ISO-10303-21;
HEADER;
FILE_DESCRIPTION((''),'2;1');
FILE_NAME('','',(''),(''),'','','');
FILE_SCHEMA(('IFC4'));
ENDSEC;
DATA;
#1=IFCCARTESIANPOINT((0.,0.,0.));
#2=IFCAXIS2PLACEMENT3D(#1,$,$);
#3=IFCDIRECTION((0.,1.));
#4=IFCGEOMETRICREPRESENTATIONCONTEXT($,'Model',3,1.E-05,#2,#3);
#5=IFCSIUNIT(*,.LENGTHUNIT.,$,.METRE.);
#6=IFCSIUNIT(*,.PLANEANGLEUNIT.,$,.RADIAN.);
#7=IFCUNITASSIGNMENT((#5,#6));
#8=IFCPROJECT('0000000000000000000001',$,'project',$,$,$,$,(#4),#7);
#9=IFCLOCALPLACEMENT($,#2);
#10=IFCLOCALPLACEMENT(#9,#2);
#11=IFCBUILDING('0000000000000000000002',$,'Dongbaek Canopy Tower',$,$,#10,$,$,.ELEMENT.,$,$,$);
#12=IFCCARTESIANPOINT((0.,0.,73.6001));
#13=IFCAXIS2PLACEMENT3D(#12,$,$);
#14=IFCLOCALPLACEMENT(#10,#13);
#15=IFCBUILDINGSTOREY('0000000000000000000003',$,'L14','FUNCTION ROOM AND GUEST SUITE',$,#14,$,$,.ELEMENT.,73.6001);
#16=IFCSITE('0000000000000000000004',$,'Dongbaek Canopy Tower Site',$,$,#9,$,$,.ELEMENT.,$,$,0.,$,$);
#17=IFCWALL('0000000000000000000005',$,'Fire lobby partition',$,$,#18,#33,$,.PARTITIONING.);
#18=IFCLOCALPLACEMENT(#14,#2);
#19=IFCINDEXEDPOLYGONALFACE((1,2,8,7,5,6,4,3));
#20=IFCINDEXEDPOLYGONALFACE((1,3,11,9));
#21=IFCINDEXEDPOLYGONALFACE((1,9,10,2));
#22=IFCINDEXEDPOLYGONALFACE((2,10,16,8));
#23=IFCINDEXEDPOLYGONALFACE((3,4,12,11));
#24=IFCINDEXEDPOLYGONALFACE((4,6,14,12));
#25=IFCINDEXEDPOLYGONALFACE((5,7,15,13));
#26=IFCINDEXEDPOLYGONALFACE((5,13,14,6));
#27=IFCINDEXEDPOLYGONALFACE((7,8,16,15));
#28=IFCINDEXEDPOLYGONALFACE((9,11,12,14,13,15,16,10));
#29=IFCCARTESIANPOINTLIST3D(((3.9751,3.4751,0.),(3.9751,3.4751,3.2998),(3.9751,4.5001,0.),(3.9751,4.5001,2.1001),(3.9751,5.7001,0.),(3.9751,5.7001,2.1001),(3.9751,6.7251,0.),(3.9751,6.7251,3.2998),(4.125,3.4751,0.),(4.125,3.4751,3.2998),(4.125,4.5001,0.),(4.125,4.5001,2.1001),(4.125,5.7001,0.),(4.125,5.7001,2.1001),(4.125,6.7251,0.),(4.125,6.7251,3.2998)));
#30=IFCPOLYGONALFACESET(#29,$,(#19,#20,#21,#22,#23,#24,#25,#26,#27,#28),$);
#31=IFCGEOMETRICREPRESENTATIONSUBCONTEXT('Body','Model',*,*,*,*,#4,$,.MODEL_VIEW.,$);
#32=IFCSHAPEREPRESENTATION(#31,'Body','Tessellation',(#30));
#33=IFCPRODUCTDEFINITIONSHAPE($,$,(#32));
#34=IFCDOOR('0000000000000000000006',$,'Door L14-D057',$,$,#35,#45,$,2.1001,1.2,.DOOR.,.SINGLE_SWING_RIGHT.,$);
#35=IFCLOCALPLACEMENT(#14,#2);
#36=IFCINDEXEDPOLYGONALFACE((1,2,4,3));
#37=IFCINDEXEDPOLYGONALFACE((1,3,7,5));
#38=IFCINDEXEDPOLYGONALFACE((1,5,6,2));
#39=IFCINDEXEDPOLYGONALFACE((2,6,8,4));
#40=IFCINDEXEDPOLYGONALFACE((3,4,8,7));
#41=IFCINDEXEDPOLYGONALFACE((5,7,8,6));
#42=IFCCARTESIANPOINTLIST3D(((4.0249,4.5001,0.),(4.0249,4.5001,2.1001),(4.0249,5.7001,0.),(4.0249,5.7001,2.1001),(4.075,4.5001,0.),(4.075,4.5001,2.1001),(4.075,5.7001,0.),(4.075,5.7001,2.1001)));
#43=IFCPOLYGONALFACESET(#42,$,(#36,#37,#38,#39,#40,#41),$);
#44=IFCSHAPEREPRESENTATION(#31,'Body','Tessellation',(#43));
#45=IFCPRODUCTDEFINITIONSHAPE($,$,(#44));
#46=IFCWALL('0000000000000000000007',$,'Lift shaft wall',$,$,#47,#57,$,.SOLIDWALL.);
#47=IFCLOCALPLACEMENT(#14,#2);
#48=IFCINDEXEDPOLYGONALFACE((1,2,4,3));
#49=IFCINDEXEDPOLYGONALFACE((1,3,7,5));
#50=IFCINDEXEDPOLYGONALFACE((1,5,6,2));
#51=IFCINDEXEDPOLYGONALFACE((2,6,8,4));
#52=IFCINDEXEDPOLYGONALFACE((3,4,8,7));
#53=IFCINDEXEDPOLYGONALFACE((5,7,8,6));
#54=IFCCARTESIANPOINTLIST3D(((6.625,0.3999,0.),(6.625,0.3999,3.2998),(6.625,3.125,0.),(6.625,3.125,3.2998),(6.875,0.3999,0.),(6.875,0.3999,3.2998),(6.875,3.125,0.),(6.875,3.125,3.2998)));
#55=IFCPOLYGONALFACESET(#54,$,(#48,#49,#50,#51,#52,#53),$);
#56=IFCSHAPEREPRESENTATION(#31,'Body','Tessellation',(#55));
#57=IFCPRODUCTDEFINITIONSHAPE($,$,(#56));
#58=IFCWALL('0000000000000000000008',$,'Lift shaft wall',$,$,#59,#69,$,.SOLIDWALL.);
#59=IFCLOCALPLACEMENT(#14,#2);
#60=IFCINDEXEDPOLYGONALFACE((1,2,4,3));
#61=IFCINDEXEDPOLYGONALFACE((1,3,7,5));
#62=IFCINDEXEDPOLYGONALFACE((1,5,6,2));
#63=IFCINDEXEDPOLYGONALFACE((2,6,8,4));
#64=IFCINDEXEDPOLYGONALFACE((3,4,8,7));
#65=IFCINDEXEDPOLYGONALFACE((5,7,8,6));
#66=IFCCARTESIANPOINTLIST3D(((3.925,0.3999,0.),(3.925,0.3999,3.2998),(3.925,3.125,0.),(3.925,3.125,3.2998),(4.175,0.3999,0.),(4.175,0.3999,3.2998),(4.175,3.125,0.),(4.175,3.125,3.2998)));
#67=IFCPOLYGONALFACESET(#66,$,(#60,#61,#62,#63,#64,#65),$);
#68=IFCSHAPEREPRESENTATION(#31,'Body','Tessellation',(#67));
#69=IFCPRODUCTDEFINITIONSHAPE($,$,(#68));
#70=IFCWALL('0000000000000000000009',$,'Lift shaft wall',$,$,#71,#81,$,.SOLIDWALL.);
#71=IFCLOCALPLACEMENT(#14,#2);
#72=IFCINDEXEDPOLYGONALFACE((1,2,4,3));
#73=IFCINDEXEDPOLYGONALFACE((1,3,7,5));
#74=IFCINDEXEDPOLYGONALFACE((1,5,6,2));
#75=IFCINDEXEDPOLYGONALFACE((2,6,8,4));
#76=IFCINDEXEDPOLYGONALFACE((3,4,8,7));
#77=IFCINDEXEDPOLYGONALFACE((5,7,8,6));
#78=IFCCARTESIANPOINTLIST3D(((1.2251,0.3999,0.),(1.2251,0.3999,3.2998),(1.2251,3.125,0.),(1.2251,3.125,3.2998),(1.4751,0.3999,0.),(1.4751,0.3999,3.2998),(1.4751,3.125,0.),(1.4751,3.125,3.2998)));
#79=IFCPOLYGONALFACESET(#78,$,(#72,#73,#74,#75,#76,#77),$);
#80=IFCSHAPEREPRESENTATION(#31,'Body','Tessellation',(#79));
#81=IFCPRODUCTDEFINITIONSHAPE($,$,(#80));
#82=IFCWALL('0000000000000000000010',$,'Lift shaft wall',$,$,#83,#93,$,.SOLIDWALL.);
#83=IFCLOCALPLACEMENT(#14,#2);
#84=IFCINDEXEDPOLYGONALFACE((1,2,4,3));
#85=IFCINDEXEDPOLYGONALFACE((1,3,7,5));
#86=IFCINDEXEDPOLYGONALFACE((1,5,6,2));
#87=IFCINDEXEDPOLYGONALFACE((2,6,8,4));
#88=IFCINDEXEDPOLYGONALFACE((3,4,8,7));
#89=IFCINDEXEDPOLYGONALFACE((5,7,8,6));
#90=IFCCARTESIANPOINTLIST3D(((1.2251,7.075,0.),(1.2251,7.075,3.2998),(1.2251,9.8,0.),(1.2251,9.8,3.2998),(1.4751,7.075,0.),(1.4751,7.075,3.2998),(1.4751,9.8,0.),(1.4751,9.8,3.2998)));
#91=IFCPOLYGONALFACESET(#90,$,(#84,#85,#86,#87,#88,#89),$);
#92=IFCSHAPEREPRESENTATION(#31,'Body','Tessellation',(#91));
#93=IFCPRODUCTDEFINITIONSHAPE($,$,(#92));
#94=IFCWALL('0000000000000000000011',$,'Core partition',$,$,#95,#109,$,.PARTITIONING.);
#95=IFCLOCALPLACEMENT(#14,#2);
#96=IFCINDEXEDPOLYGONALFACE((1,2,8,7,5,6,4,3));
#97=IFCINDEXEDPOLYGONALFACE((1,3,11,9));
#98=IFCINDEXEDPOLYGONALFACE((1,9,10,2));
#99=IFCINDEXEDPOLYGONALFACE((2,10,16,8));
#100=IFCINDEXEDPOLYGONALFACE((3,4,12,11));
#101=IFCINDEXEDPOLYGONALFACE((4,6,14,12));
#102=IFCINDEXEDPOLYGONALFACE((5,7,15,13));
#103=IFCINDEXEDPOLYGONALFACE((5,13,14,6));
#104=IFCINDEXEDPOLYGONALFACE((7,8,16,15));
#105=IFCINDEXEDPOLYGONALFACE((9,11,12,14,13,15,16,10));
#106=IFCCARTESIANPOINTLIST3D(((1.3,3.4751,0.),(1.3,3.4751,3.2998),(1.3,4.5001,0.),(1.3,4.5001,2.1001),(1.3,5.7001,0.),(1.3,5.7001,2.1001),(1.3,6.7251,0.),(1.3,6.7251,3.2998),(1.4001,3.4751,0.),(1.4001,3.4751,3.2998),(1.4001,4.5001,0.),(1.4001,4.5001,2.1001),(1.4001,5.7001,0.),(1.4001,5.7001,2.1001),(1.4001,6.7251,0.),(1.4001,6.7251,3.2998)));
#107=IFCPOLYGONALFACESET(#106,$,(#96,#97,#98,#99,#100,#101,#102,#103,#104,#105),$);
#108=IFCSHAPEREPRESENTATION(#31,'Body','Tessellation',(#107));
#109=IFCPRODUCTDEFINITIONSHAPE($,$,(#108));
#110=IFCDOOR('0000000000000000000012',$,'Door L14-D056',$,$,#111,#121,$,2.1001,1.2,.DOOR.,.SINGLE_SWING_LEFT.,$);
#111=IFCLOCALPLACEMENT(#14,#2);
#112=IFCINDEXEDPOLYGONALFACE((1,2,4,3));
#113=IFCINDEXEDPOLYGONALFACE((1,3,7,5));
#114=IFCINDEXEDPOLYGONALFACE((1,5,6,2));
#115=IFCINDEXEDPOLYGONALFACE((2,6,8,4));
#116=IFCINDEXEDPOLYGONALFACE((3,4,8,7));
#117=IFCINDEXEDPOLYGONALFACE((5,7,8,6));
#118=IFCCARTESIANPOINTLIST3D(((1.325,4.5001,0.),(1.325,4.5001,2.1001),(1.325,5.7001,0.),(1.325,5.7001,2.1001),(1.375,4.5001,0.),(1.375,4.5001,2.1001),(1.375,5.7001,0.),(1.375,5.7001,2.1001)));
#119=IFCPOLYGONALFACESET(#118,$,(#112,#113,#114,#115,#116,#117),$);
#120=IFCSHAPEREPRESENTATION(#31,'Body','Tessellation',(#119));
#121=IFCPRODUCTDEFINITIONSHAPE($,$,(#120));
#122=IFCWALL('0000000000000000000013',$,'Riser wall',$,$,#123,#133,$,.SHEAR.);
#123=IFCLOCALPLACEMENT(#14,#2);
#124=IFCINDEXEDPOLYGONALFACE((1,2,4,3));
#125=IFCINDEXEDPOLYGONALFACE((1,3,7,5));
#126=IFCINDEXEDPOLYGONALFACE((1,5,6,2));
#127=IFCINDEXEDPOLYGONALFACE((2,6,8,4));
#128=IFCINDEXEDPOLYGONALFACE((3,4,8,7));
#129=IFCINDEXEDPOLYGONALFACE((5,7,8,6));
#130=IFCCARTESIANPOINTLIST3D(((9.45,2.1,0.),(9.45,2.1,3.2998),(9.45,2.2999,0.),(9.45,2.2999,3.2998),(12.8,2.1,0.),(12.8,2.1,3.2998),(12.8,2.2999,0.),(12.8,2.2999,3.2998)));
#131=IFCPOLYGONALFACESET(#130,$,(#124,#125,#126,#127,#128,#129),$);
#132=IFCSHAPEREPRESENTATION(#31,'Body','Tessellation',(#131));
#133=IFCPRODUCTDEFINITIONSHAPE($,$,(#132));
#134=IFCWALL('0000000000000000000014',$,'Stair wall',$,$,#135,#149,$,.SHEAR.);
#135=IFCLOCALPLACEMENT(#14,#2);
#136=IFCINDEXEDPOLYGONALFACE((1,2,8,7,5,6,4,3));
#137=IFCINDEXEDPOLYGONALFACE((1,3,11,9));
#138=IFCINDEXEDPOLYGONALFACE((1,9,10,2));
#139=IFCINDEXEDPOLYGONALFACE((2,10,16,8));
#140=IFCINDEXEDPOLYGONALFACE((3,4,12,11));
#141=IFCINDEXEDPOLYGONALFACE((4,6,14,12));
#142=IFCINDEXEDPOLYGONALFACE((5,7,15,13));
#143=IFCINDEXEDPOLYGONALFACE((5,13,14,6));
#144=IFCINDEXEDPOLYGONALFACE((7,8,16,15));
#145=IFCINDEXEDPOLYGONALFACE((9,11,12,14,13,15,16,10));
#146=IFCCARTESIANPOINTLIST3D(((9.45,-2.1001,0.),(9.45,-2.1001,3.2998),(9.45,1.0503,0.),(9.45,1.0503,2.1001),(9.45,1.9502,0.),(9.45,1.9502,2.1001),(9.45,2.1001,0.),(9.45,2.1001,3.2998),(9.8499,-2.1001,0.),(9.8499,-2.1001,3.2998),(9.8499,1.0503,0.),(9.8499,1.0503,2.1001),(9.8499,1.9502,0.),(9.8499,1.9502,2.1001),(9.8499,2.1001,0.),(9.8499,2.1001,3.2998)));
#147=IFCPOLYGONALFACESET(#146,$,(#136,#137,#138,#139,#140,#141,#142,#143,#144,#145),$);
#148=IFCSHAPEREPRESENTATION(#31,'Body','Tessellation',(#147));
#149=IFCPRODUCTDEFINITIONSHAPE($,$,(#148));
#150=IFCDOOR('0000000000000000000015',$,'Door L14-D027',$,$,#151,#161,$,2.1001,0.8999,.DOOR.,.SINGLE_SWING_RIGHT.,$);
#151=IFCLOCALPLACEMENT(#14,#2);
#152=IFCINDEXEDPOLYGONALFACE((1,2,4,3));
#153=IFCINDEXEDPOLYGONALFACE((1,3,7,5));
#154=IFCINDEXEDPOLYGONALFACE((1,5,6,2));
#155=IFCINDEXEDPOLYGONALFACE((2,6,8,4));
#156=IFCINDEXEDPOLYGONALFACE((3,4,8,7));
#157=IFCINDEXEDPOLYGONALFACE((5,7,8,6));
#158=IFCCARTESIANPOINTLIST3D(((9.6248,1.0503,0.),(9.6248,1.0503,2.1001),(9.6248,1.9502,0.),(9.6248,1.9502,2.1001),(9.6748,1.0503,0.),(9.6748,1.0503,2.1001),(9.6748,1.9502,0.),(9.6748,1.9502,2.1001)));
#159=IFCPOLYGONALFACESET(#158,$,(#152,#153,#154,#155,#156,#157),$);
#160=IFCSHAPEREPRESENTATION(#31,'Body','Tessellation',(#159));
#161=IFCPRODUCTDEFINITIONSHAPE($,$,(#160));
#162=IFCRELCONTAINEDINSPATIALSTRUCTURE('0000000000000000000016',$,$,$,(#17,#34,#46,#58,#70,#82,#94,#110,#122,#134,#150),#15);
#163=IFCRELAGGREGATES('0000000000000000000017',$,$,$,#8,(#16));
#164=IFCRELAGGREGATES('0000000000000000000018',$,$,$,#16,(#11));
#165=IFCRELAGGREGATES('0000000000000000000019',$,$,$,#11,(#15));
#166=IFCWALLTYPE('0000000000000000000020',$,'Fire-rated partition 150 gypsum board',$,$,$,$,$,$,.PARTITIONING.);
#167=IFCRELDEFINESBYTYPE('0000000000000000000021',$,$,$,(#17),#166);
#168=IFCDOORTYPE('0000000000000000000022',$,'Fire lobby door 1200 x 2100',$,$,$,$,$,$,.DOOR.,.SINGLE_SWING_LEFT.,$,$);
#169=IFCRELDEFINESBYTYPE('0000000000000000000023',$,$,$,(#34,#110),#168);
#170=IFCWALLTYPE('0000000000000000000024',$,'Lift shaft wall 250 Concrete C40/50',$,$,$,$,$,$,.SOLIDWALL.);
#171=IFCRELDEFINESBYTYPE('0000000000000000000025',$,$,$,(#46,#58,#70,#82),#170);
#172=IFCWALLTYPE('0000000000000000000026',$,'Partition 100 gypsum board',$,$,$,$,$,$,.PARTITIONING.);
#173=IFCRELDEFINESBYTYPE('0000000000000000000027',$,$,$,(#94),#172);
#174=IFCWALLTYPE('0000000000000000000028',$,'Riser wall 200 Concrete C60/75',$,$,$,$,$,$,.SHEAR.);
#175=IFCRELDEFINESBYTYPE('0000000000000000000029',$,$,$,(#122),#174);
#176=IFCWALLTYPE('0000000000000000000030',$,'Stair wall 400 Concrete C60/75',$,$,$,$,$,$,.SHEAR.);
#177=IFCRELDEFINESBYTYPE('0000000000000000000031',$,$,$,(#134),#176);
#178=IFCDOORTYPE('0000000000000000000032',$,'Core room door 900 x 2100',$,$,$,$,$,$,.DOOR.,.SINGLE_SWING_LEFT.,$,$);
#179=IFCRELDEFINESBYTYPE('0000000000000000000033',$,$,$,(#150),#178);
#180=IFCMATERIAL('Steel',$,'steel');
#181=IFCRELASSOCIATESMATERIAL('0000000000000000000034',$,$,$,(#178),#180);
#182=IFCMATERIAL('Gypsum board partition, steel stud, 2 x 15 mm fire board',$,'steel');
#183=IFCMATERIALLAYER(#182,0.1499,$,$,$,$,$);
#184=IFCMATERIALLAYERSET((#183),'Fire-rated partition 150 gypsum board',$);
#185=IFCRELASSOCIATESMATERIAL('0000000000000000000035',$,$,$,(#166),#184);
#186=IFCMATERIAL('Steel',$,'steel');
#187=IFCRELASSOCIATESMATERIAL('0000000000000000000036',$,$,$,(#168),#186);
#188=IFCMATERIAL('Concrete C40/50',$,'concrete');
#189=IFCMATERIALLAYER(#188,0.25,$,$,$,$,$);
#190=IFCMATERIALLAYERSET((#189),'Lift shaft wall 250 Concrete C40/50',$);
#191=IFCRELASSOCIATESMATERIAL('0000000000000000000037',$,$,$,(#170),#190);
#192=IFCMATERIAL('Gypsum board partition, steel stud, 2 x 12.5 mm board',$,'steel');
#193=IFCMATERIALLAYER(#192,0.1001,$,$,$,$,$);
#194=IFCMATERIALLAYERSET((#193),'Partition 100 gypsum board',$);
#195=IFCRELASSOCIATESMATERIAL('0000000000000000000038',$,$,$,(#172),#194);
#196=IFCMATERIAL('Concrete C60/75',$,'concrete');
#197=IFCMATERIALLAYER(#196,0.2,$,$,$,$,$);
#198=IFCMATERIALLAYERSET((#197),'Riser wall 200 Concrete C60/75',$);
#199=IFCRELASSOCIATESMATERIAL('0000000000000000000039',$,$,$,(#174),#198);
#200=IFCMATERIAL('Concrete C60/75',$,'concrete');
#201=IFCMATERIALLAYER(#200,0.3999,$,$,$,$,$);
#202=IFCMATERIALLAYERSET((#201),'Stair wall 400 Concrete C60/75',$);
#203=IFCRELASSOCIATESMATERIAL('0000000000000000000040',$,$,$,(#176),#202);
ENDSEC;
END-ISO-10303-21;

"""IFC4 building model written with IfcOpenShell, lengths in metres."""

from ifc_helpers import new_model, si_unit, direction, frame, frame_2d, origin, place, context, subcontext, project, spatial, rectangle, extrude, material, layer, layer_set, type_object, element, fill, save


model = new_model("IFC4")

# Units and contexts
model_context = context("Model", 3, precision=1e-05, world=origin(), true_north=direction((0.0, 1.0)))
body_context = subcontext(model_context, "Body", "Model", "MODEL_VIEW")
ifc_project = project(units=[si_unit("LENGTHUNIT", "METRE"), si_unit("PLANEANGLEUNIT", "RADIAN")], contexts=[model_context])

# Site, building, storey
site_placement = place(None, origin())
site = spatial("IfcSite", under=ifc_project, at=site_placement, Name="Dongbaek Canopy Tower Site", CompositionType="ELEMENT", RefElevation=0.0)
building_placement = place(site_placement, origin())
building = spatial("IfcBuilding", under=site, at=building_placement, Name="Dongbaek Canopy Tower", CompositionType="ELEMENT")
storey_placement = place(building_placement, frame((0.0, 0.0, 73.6001)))
storey = spatial("IfcBuildingStorey", under=building, at=storey_placement, Name="L14", Description="FUNCTION ROOM AND GUEST SUITE", CompositionType="ELEMENT", Elevation=73.6001)

# Shared definitions
ifc_material_1 = material(Name="Steel", Category="steel")
door_type_1 = type_object("IfcDoorType", Name="Core room door 900 x 2100", OperationType="SINGLE_SWING_LEFT", PredefinedType="DOOR", material=ifc_material_1)

# Wall, opening, door
ifc_material_2 = material(Name="Gypsum board partition, steel stud, 2 x 15 mm fire board", Category="steel")
ifc_layer_1 = layer(ifc_material_2, 0.1499)
ifc_layer_set_1 = layer_set([ifc_layer_1], Name="Fire-rated partition 150 gypsum board")
wall_type_1 = type_object("IfcWallType", Name="Fire-rated partition 150 gypsum board", PredefinedType="PARTITIONING", material=ifc_layer_set_1)
wall_1_placement = place(storey_placement, frame((4.05, 6.7251, 0.0), z_axis=(0.0, 0.0, 1.0), x_axis=(0.0, -1.0, 0.0)))
wall_1 = element("IfcWall", 1, at=wall_1_placement, inside=storey, type_object=wall_type_1, Name="Fire lobby partition", PredefinedType="PARTITIONING", context=body_context, shape_type="SweptSolid", body=[
    extrude(rectangle(XDim=3.25, YDim=0.1499, at=frame_2d((1.625, 0.0))), origin(), (0.0, 0.0, 1.0), 3.2998),
])
opening_1_placement = place(wall_1_placement, frame((1.0249, 0.0, 0.0)))
opening_1 = element("IfcOpeningElement", 2, at=opening_1_placement, cuts=wall_1, PredefinedType="OPENING", context=body_context, shape_type="SweptSolid", body=[
    extrude(rectangle(XDim=1.2, YDim=2.1001, at=frame_2d((0.6001, 1.05))), frame((0.0, 0.085, 0.0), z_axis=(0.0, -1.0, 0.0), x_axis=(1.0, 0.0, 0.0)), (0.0, 0.0, 1.0), 0.1699),
])
ifc_material_3 = material(Name="Steel", Category="steel")
door_type_2 = type_object("IfcDoorType", Name="Fire lobby door 1200 x 2100", OperationType="SINGLE_SWING_LEFT", PredefinedType="DOOR", material=ifc_material_3)
door_1_placement = place(opening_1_placement, origin())
door_1 = element("IfcDoor", 3, at=door_1_placement, inside=storey, type_object=door_type_2, Name="Door L14-D057", OperationType="SINGLE_SWING_RIGHT", OverallHeight=2.1001, OverallWidth=1.2, PredefinedType="DOOR", context=body_context, shape_type="SweptSolid", body=[
    extrude(rectangle(XDim=1.2, YDim=2.1001, at=frame_2d((0.6001, 1.05))), frame((0.0, 0.0249, 0.0), z_axis=(0.0, -1.0, 0.0), x_axis=(1.0, 0.0, 0.0)), (0.0, 0.0, 1.0), 0.05),
])
fill(opening_1, door_1)

# Walls
ifc_material_4 = material(Name="Concrete C40/50", Category="concrete")
ifc_layer_2 = layer(ifc_material_4, 0.25)
ifc_layer_set_2 = layer_set([ifc_layer_2], Name="Lift shaft wall 250 Concrete C40/50")
wall_type_2 = type_object("IfcWallType", Name="Lift shaft wall 250 Concrete C40/50", PredefinedType="SOLIDWALL", material=ifc_layer_set_2)
for number, where, z_axis, x_axis, name in (
    (4, (6.75, 0.3999, 0.0), (0.0, 0.0, 1.0), (0.0, 1.0, 0.0), "Lift shaft wall"),
    (5, (4.05, 0.3999, 0.0), (0.0, 0.0, 1.0), (0.0, 1.0, 0.0), "Lift shaft wall"),
    (6, (1.3501, 0.3999, 0.0), (0.0, 0.0, 1.0), (0.0, 1.0, 0.0), "Lift shaft wall"),
    (7, (1.3501, 7.075, 0.0), (0.0, 0.0, 1.0), (0.0, 1.0, 0.0), "Lift shaft wall"),
):
    element("IfcWall", number, at=place(storey_placement, frame(where, z_axis=z_axis, x_axis=x_axis)), inside=storey, type_object=wall_type_2, Name=name, PredefinedType="SOLIDWALL", context=body_context, shape_type="SweptSolid", body=[
        extrude(rectangle(XDim=2.7251, YDim=0.25, at=frame_2d((1.3625, 0.0))), origin(), (0.0, 0.0, 1.0), 3.2998),
    ])

# Wall, opening, door
ifc_material_5 = material(Name="Gypsum board partition, steel stud, 2 x 12.5 mm board", Category="steel")
ifc_layer_3 = layer(ifc_material_5, 0.1001)
ifc_layer_set_3 = layer_set([ifc_layer_3], Name="Partition 100 gypsum board")
wall_type_3 = type_object("IfcWallType", Name="Partition 100 gypsum board", PredefinedType="PARTITIONING", material=ifc_layer_set_3)
wall_2_placement = place(storey_placement, frame((1.3501, 6.7251, 0.0), z_axis=(0.0, 0.0, 1.0), x_axis=(0.0, -1.0, 0.0)))
wall_2 = element("IfcWall", 8, at=wall_2_placement, inside=storey, type_object=wall_type_3, Name="Core partition", PredefinedType="PARTITIONING", context=body_context, shape_type="SweptSolid", body=[
    extrude(rectangle(XDim=3.25, YDim=0.1001, at=frame_2d((1.625, 0.0))), origin(), (0.0, 0.0, 1.0), 3.2998),
])
opening_2_placement = place(wall_2_placement, frame((1.0249, 0.0, 0.0)))
opening_2 = element("IfcOpeningElement", 9, at=opening_2_placement, cuts=wall_2, PredefinedType="OPENING", context=body_context, shape_type="SweptSolid", body=[
    extrude(rectangle(XDim=1.2, YDim=2.1001, at=frame_2d((0.6001, 1.05))), frame((0.0, 0.0601, 0.0), z_axis=(0.0, -1.0, 0.0), x_axis=(1.0, 0.0, 0.0)), (0.0, 0.0, 1.0), 0.1201),
])
door_2_placement = place(opening_2_placement, origin())
door_2 = element("IfcDoor", 10, at=door_2_placement, inside=storey, type_object=door_type_2, Name="Door L14-D056", OperationType="SINGLE_SWING_LEFT", OverallHeight=2.1001, OverallWidth=1.2, PredefinedType="DOOR", context=body_context, shape_type="SweptSolid", body=[
    extrude(rectangle(XDim=1.2, YDim=2.1001, at=frame_2d((0.6001, 1.05))), frame((0.0, 0.0249, 0.0), z_axis=(0.0, -1.0, 0.0), x_axis=(1.0, 0.0, 0.0)), (0.0, 0.0, 1.0), 0.05),
])
fill(opening_2, door_2)

# Wall
ifc_material_6 = material(Name="Concrete C60/75", Category="concrete")
ifc_layer_4 = layer(ifc_material_6, 0.2)
ifc_layer_set_4 = layer_set([ifc_layer_4], Name="Riser wall 200 Concrete C60/75")
wall_type_4 = type_object("IfcWallType", Name="Riser wall 200 Concrete C60/75", PredefinedType="SHEAR", material=ifc_layer_set_4)
wall_3_placement = place(storey_placement, frame((9.45, 2.2, 0.0), z_axis=(0.0, 0.0, 1.0), x_axis=(1.0, 0.0, 0.0)))
element("IfcWall", 11, at=wall_3_placement, inside=storey, type_object=wall_type_4, Name="Riser wall", PredefinedType="SHEAR", context=body_context, shape_type="SweptSolid", body=[
    extrude(rectangle(XDim=3.3501, YDim=0.2, at=frame_2d((1.675, 0.0))), origin(), (0.0, 0.0, 1.0), 3.2998),
])

# Wall, opening, door
ifc_material_7 = material(Name="Concrete C60/75", Category="concrete")
ifc_layer_5 = layer(ifc_material_7, 0.3999)
ifc_layer_set_5 = layer_set([ifc_layer_5], Name="Stair wall 400 Concrete C60/75")
wall_type_5 = type_object("IfcWallType", Name="Stair wall 400 Concrete C60/75", PredefinedType="SHEAR", material=ifc_layer_set_5)
wall_4_placement = place(storey_placement, frame((9.6499, 2.1001, 0.0), z_axis=(0.0, 0.0, 1.0), x_axis=(0.0, -1.0, 0.0)))
wall_4 = element("IfcWall", 12, at=wall_4_placement, inside=storey, type_object=wall_type_5, Name="Stair wall", PredefinedType="SHEAR", context=body_context, shape_type="SweptSolid", body=[
    extrude(rectangle(XDim=4.2002, YDim=0.3999, at=frame_2d((2.1001, 0.0))), origin(), (0.0, 0.0, 1.0), 3.2998),
])
opening_3_placement = place(wall_4_placement, frame((0.1499, 0.0, 0.0)))
opening_3 = element("IfcOpeningElement", 13, at=opening_3_placement, cuts=wall_4, PredefinedType="OPENING", context=body_context, shape_type="SweptSolid", body=[
    extrude(rectangle(XDim=0.8999, YDim=2.1001, at=frame_2d((0.45, 1.05))), frame((0.0, 0.21, 0.0), z_axis=(0.0, -1.0, 0.0), x_axis=(1.0, 0.0, 0.0)), (0.0, 0.0, 1.0), 0.4199),
])
door_3_placement = place(opening_3_placement, origin())
door_3 = element("IfcDoor", 14, at=door_3_placement, inside=storey, type_object=door_type_1, Name="Door L14-D027", OperationType="SINGLE_SWING_RIGHT", OverallHeight=2.1001, OverallWidth=0.8999, PredefinedType="DOOR", context=body_context, shape_type="SweptSolid", body=[
    extrude(rectangle(XDim=0.8999, YDim=2.1001, at=frame_2d((0.45, 1.05))), frame((0.0, 0.0249, 0.0), z_axis=(0.0, -1.0, 0.0), x_axis=(1.0, 0.0, 0.0)), (0.0, 0.0, 1.0), 0.05),
])
fill(opening_3, door_3)

save(model, "model.ifc")
